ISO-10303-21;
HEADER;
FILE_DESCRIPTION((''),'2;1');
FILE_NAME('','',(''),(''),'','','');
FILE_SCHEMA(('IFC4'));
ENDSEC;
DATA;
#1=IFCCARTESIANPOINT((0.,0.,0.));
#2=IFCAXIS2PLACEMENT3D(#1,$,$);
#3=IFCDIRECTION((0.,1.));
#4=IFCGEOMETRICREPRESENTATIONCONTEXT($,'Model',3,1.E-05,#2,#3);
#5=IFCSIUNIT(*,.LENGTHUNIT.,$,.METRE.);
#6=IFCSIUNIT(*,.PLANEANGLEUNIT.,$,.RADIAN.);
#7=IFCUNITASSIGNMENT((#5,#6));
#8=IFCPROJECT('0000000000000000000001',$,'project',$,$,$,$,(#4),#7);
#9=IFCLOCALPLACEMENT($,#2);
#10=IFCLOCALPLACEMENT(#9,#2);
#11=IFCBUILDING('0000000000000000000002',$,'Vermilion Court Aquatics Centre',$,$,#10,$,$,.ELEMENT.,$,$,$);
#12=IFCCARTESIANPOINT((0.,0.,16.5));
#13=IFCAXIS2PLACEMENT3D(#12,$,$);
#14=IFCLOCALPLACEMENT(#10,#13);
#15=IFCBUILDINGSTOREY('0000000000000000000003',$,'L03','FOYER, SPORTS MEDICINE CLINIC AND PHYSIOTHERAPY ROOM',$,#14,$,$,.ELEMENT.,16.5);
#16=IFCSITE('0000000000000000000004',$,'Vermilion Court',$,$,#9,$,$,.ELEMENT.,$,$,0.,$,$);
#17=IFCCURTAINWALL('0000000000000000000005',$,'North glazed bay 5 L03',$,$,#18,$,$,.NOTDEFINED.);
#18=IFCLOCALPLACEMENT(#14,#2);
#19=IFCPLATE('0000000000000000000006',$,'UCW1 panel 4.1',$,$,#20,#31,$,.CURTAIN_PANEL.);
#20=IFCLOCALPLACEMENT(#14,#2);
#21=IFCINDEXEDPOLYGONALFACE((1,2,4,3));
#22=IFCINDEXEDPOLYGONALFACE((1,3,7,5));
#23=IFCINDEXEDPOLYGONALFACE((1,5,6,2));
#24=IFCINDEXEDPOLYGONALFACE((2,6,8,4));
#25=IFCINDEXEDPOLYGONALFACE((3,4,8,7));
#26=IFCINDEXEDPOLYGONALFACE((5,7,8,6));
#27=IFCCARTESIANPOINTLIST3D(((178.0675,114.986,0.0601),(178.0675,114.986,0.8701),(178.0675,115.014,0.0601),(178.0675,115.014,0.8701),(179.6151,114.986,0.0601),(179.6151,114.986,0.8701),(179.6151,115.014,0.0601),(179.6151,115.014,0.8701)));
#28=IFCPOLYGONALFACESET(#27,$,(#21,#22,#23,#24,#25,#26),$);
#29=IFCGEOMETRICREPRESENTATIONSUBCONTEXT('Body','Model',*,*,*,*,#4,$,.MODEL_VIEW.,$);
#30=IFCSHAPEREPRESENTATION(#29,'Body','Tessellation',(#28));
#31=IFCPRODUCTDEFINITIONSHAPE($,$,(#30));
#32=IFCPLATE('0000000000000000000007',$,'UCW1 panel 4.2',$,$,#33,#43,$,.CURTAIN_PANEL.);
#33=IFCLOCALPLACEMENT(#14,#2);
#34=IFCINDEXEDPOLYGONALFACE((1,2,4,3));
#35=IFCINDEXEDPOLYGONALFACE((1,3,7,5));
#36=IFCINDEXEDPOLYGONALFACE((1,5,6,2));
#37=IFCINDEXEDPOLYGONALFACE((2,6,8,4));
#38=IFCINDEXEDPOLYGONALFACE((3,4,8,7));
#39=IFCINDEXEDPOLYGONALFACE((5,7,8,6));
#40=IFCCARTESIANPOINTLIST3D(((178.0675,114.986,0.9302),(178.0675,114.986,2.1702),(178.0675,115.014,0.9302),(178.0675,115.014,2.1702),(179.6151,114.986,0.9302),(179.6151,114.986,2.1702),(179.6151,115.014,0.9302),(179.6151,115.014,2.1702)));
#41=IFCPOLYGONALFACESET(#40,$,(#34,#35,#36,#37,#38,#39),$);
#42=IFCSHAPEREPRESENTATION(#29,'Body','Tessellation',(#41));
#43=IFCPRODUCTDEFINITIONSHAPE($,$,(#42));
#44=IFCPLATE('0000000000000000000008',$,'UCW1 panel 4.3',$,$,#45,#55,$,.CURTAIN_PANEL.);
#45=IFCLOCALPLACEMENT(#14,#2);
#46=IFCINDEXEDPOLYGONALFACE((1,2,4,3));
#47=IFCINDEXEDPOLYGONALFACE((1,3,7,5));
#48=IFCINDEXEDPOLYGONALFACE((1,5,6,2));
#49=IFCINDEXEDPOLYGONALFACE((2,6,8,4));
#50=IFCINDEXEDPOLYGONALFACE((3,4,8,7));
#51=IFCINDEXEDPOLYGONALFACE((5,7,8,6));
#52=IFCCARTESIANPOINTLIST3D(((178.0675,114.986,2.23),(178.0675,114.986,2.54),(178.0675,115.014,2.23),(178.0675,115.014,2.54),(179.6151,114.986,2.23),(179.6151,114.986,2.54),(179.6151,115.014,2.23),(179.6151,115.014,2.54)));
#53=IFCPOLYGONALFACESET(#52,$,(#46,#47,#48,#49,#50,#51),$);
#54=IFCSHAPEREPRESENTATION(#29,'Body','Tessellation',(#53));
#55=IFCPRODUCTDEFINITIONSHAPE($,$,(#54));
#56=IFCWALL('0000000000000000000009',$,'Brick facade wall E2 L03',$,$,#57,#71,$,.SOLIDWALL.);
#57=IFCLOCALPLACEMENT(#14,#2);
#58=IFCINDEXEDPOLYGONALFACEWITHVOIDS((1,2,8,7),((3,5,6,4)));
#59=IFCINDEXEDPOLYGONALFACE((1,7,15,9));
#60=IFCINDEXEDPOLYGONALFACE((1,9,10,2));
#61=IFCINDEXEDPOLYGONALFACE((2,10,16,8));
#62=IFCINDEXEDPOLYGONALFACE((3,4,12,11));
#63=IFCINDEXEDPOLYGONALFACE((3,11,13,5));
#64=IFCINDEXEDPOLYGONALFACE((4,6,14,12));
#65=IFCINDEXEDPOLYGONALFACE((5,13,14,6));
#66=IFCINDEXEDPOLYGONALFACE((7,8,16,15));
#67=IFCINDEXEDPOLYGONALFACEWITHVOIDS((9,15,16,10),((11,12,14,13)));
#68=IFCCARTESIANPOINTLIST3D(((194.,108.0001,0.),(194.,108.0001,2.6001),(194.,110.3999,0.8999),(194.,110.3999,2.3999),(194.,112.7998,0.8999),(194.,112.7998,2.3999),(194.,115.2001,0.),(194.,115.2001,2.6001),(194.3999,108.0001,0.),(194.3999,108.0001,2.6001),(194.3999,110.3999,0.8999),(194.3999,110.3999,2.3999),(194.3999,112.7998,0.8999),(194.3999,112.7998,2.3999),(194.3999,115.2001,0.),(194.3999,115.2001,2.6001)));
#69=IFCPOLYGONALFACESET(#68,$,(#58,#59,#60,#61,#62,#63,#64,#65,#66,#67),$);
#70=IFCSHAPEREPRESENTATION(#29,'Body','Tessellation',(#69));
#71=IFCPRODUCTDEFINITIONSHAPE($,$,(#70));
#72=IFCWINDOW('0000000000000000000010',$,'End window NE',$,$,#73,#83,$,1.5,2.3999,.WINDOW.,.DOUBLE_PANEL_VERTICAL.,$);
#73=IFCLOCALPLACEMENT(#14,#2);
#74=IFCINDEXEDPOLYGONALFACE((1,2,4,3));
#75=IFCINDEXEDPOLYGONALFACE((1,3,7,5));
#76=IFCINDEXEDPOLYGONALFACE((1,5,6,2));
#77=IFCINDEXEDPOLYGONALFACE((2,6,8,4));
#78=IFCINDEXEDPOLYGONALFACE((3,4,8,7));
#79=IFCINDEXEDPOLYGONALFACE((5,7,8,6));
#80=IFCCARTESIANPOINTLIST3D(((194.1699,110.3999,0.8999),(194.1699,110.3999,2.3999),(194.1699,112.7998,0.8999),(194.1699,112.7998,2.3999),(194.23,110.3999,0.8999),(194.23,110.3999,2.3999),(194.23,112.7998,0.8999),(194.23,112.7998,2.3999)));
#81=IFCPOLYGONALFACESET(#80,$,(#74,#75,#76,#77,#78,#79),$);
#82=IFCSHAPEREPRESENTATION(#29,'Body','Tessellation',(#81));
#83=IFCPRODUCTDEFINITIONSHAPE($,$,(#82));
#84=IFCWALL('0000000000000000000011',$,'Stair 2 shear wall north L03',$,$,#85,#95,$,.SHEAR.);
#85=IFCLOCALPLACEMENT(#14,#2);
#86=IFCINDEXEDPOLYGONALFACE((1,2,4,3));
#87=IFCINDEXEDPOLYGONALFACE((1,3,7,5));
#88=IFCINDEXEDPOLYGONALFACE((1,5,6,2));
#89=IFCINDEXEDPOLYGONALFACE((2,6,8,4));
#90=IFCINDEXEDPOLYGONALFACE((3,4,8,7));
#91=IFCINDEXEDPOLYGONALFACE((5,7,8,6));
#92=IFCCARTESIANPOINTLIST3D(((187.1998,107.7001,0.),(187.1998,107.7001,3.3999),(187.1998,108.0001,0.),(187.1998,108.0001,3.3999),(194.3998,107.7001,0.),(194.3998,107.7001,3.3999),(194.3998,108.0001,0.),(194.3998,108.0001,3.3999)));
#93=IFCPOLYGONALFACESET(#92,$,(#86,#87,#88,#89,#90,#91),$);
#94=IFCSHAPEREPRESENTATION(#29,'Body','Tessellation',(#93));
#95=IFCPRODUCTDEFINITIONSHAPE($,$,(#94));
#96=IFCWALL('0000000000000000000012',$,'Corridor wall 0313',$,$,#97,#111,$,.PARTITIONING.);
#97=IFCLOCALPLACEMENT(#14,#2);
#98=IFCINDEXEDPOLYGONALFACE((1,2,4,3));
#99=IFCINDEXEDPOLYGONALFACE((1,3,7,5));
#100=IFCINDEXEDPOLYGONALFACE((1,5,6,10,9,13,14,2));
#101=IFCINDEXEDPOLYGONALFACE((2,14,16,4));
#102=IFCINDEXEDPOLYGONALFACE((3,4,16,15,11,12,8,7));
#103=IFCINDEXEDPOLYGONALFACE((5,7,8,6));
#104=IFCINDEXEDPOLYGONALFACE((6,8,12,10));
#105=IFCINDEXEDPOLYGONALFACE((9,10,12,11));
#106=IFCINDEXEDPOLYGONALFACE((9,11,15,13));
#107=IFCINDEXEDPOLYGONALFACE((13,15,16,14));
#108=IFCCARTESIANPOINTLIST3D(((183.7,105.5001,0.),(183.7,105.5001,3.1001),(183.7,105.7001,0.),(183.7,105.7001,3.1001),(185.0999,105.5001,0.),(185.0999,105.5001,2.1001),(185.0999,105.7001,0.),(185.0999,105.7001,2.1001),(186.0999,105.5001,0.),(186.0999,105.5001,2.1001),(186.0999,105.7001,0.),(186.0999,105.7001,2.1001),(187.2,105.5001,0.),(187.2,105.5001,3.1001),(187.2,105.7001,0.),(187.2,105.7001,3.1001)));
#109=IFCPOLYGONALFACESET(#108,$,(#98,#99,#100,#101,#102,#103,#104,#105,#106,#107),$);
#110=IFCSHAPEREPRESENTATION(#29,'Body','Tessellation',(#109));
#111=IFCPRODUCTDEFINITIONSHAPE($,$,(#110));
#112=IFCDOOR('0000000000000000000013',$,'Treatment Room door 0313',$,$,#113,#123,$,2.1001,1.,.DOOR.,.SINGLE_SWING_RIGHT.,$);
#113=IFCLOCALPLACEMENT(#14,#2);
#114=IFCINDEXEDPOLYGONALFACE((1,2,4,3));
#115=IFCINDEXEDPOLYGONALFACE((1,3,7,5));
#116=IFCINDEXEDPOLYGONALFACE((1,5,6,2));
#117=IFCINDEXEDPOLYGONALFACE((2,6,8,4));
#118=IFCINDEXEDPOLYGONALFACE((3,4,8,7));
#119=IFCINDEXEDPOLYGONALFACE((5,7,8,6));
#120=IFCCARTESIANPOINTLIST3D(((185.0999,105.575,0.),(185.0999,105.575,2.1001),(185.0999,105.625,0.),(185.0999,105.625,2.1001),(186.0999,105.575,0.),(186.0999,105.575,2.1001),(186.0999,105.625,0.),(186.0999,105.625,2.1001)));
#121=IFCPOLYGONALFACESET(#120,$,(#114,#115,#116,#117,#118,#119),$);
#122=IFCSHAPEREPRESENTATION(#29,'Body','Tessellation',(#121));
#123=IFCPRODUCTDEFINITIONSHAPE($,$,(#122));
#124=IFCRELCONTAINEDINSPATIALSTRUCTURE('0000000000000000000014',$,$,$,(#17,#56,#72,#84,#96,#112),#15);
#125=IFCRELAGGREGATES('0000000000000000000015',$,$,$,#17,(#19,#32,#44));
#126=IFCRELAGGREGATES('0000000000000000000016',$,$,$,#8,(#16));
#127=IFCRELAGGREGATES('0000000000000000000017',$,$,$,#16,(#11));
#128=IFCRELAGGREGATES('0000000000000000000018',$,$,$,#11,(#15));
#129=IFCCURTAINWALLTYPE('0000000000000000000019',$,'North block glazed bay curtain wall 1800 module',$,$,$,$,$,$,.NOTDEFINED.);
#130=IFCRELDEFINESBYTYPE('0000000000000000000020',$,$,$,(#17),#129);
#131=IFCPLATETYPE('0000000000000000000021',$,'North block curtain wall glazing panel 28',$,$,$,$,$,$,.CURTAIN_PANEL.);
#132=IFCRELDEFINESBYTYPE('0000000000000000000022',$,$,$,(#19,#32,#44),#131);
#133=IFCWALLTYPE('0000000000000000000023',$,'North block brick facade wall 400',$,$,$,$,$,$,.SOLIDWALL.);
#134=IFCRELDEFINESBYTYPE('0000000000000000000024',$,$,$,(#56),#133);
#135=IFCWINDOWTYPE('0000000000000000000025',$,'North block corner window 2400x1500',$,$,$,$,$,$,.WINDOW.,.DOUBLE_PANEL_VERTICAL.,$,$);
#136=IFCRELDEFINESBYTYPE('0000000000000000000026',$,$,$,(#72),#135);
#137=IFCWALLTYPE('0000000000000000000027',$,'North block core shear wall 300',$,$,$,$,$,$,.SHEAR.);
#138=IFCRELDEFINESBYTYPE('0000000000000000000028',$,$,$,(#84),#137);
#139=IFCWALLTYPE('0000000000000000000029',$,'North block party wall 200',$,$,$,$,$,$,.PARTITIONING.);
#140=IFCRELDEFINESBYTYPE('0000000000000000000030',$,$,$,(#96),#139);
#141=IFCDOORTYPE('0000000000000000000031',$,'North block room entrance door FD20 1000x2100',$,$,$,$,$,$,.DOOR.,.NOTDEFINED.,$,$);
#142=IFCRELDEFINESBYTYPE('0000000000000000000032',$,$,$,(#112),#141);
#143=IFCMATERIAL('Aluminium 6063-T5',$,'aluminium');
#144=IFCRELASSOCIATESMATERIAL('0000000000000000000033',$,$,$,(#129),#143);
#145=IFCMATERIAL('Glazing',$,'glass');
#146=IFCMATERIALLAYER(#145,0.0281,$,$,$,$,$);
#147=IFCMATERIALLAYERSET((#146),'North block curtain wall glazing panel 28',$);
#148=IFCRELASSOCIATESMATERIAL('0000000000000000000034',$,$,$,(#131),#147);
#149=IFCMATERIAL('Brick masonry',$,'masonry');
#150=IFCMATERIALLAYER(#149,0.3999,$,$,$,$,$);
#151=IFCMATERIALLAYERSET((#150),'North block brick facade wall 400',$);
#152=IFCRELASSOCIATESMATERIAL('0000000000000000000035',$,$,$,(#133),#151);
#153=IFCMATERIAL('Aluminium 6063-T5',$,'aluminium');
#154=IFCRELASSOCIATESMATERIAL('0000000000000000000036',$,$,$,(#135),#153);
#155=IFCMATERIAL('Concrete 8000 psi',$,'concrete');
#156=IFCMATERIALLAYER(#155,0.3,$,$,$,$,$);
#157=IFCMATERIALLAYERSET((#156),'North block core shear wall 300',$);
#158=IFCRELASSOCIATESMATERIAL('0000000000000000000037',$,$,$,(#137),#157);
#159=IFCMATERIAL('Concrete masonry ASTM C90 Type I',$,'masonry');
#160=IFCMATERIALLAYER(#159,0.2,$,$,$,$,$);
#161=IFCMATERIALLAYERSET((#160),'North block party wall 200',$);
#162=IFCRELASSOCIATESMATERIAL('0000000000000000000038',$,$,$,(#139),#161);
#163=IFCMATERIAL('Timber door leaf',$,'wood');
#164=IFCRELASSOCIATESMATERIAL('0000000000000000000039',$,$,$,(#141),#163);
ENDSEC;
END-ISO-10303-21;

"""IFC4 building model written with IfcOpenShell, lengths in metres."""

from ifc_helpers import new_model, si_unit, direction, frame, frame_2d, origin, origin_2d, place, context, subcontext, project, spatial, rectangle, extrude, material, layer, layer_set, type_object, element, fill, aggregate, save


model = new_model("IFC4")

# Units and contexts
model_context = context("Model", 3, precision=1e-05, world=origin(), true_north=direction((0.0, 1.0)))
body_context = subcontext(model_context, "Body", "Model", "MODEL_VIEW")
ifc_project = project(units=[si_unit("LENGTHUNIT", "METRE"), si_unit("PLANEANGLEUNIT", "RADIAN")], contexts=[model_context])

# Site, building, storey
site_placement = place(None, origin())
site = spatial("IfcSite", under=ifc_project, at=site_placement, Name="Vermilion Court", CompositionType="ELEMENT", RefElevation=0.0)
building_placement = place(site_placement, origin())
building = spatial("IfcBuilding", under=site, at=building_placement, Name="Vermilion Court Aquatics Centre", CompositionType="ELEMENT")
storey_placement = place(building_placement, frame((0.0, 0.0, 16.5)))
storey = spatial("IfcBuildingStorey", under=building, at=storey_placement, Name="L03", Description="FOYER, SPORTS MEDICINE CLINIC AND PHYSIOTHERAPY ROOM", CompositionType="ELEMENT", Elevation=16.5)

# Curtain wall
ifc_material_1 = material(Name="Aluminium 6063-T5", Category="aluminium")
curtain_wall_type = type_object("IfcCurtainWallType", Name="North block glazed bay curtain wall 1800 module", PredefinedType="NOTDEFINED", material=ifc_material_1)
curtain_wall_1_placement = place(storey_placement, origin())
curtain_wall_1 = element("IfcCurtainWall", 1, at=curtain_wall_1_placement, inside=storey, type_object=curtain_wall_type, Name="North glazed bay 5 L03", PredefinedType="NOTDEFINED")

# Plates
ifc_material_2 = material(Name="Glazing", Category="glass")
ifc_layer_1 = layer(ifc_material_2, 0.0281)
ifc_layer_set_1 = layer_set([ifc_layer_1], Name="North block curtain wall glazing panel 28")
plate_type = type_object("IfcPlateType", Name="North block curtain wall glazing panel 28", PredefinedType="CURTAIN_PANEL", material=ifc_layer_set_1)
plate_1_placement = place(storey_placement, frame((178.8413, 115.0, 0.0601), z_axis=(0.0, 0.0, 1.0), x_axis=(1.0, 0.0, 0.0)))
plate_1 = element("IfcPlate", 2, at=plate_1_placement, type_object=plate_type, Name="UCW1 panel 4.1", PredefinedType="CURTAIN_PANEL", context=body_context, shape_type="SweptSolid", body=[
    extrude(rectangle(XDim=1.5476, YDim=0.0281, at=origin_2d()), origin(), (0.0, 0.0, 1.0), 0.8101),
])
plate_2_placement = place(storey_placement, frame((178.8413, 115.0, 0.9302), z_axis=(0.0, 0.0, 1.0), x_axis=(1.0, 0.0, 0.0)))
plate_2 = element("IfcPlate", 3, at=plate_2_placement, type_object=plate_type, Name="UCW1 panel 4.2", PredefinedType="CURTAIN_PANEL", context=body_context, shape_type="SweptSolid", body=[
    extrude(rectangle(XDim=1.5476, YDim=0.0281, at=origin_2d()), origin(), (0.0, 0.0, 1.0), 1.24),
])
plate_3_placement = place(storey_placement, frame((178.8413, 115.0, 2.23), z_axis=(0.0, 0.0, 1.0), x_axis=(1.0, 0.0, 0.0)))
plate_3 = element("IfcPlate", 4, at=plate_3_placement, type_object=plate_type, Name="UCW1 panel 4.3", PredefinedType="CURTAIN_PANEL", context=body_context, shape_type="SweptSolid", body=[
    extrude(rectangle(XDim=1.5476, YDim=0.0281, at=origin_2d()), origin(), (0.0, 0.0, 1.0), 0.3101),
])
aggregate(curtain_wall_1, [plate_1, plate_2, plate_3])

# Wall, opening, window
ifc_material_3 = material(Name="Brick masonry", Category="masonry")
ifc_layer_2 = layer(ifc_material_3, 0.3999)
ifc_layer_set_2 = layer_set([ifc_layer_2], Name="North block brick facade wall 400")
wall_type_1 = type_object("IfcWallType", Name="North block brick facade wall 400", PredefinedType="SOLIDWALL", material=ifc_layer_set_2)
wall_1_placement = place(storey_placement, frame((194.2, 108.0, 0.0), z_axis=(0.0, 0.0, 1.0), x_axis=(0.0, 1.0, 0.0)))
wall_1 = element("IfcWall", 5, at=wall_1_placement, inside=storey, type_object=wall_type_1, Name="Brick facade wall E2 L03", PredefinedType="SOLIDWALL", context=body_context, shape_type="SweptSolid", body=[
    extrude(rectangle(XDim=7.2, YDim=0.3999, at=frame_2d((3.6001, 0.0))), origin(), (0.0, 0.0, 1.0), 2.6001),
])
opening_1_placement = place(wall_1_placement, frame((2.3999, 0.0, 0.8999)))
opening_1 = element("IfcOpeningElement", 6, at=opening_1_placement, cuts=wall_1, PredefinedType="OPENING", context=body_context, shape_type="SweptSolid", body=[
    extrude(rectangle(XDim=2.3999, YDim=1.5, at=frame_2d((1.2, 0.75))), frame((0.0, 0.21, 0.0), z_axis=(0.0, -1.0, 0.0), x_axis=(1.0, 0.0, 0.0)), (0.0, 0.0, 1.0), 0.4199),
])
ifc_material_4 = material(Name="Aluminium 6063-T5", Category="aluminium")
window_type = type_object("IfcWindowType", Name="North block corner window 2400x1500", PartitioningType="DOUBLE_PANEL_VERTICAL", PredefinedType="WINDOW", material=ifc_material_4)
window_placement = place(opening_1_placement, origin())
window = element("IfcWindow", 7, at=window_placement, inside=storey, type_object=window_type, Name="End window NE", OverallHeight=1.5, OverallWidth=2.3999, PartitioningType="DOUBLE_PANEL_VERTICAL", PredefinedType="WINDOW", context=body_context, shape_type="SweptSolid", body=[
    extrude(rectangle(XDim=2.3999, YDim=1.5, at=frame_2d((1.2, 0.75))), frame((0.0, 0.03, 0.0), z_axis=(0.0, -1.0, 0.0), x_axis=(1.0, 0.0, 0.0)), (0.0, 0.0, 1.0), 0.0601),
])
fill(opening_1, window)

# Wall
ifc_material_5 = material(Name="Concrete 8000 psi", Category="concrete")
ifc_layer_3 = layer(ifc_material_5, 0.3)
ifc_layer_set_3 = layer_set([ifc_layer_3], Name="North block core shear wall 300")
wall_type_2 = type_object("IfcWallType", Name="North block core shear wall 300", PredefinedType="SHEAR", material=ifc_layer_set_3)
wall_2_placement = place(storey_placement, frame((194.3999, 107.8501, 0.0), z_axis=(0.0, 0.0, 1.0), x_axis=(-1.0, 0.0, 0.0)))
element("IfcWall", 8, at=wall_2_placement, inside=storey, type_object=wall_type_2, Name="Stair 2 shear wall north L03", PredefinedType="SHEAR", context=body_context, shape_type="SweptSolid", body=[
    extrude(rectangle(XDim=7.2, YDim=0.3, at=frame_2d((3.6001, 0.0))), origin(), (0.0, 0.0, 1.0), 3.3999),
])

# Wall, opening, door
ifc_material_6 = material(Name="Concrete masonry ASTM C90 Type I", Category="masonry")
ifc_layer_4 = layer(ifc_material_6, 0.2)
ifc_layer_set_4 = layer_set([ifc_layer_4], Name="North block party wall 200")
wall_type_3 = type_object("IfcWallType", Name="North block party wall 200", PredefinedType="PARTITIONING", material=ifc_layer_set_4)
wall_3_placement = place(storey_placement, frame((183.7, 105.6001, 0.0), z_axis=(0.0, 0.0, 1.0), x_axis=(1.0, 0.0, 0.0)))
wall_3 = element("IfcWall", 9, at=wall_3_placement, inside=storey, type_object=wall_type_3, Name="Corridor wall 0313", PredefinedType="PARTITIONING", context=body_context, shape_type="SweptSolid", body=[
    extrude(rectangle(XDim=3.5, YDim=0.2, at=frame_2d((1.75, 0.0))), origin(), (0.0, 0.0, 1.0), 3.1001),
])
opening_2_placement = place(wall_3_placement, frame((1.3999, 0.0, 0.0)))
opening_2 = element("IfcOpeningElement", 10, at=opening_2_placement, cuts=wall_3, PredefinedType="OPENING", context=body_context, shape_type="SweptSolid", body=[
    extrude(rectangle(XDim=1.0, YDim=2.1001, at=frame_2d((0.5, 1.05))), frame((0.0, 0.1099, 0.0), z_axis=(0.0, -1.0, 0.0), x_axis=(1.0, 0.0, 0.0)), (0.0, 0.0, 1.0), 0.22),
])
ifc_material_7 = material(Name="Timber door leaf", Category="wood")
door_type = type_object("IfcDoorType", Name="North block room entrance door FD20 1000x2100", OperationType="NOTDEFINED", PredefinedType="DOOR", material=ifc_material_7)
door_placement = place(opening_2_placement, origin())
door = element("IfcDoor", 11, at=door_placement, inside=storey, type_object=door_type, Name="Treatment Room door 0313", OperationType="SINGLE_SWING_RIGHT", OverallHeight=2.1001, OverallWidth=1.0, PredefinedType="DOOR", context=body_context, shape_type="SweptSolid", body=[
    extrude(rectangle(XDim=1.0, YDim=2.1001, at=frame_2d((0.5, 1.05))), frame((0.0, 0.0249, 0.0), z_axis=(0.0, -1.0, 0.0), x_axis=(1.0, 0.0, 0.0)), (0.0, 0.0, 1.0), 0.05),
])
fill(opening_2, door)

save(model, "model.ifc")
